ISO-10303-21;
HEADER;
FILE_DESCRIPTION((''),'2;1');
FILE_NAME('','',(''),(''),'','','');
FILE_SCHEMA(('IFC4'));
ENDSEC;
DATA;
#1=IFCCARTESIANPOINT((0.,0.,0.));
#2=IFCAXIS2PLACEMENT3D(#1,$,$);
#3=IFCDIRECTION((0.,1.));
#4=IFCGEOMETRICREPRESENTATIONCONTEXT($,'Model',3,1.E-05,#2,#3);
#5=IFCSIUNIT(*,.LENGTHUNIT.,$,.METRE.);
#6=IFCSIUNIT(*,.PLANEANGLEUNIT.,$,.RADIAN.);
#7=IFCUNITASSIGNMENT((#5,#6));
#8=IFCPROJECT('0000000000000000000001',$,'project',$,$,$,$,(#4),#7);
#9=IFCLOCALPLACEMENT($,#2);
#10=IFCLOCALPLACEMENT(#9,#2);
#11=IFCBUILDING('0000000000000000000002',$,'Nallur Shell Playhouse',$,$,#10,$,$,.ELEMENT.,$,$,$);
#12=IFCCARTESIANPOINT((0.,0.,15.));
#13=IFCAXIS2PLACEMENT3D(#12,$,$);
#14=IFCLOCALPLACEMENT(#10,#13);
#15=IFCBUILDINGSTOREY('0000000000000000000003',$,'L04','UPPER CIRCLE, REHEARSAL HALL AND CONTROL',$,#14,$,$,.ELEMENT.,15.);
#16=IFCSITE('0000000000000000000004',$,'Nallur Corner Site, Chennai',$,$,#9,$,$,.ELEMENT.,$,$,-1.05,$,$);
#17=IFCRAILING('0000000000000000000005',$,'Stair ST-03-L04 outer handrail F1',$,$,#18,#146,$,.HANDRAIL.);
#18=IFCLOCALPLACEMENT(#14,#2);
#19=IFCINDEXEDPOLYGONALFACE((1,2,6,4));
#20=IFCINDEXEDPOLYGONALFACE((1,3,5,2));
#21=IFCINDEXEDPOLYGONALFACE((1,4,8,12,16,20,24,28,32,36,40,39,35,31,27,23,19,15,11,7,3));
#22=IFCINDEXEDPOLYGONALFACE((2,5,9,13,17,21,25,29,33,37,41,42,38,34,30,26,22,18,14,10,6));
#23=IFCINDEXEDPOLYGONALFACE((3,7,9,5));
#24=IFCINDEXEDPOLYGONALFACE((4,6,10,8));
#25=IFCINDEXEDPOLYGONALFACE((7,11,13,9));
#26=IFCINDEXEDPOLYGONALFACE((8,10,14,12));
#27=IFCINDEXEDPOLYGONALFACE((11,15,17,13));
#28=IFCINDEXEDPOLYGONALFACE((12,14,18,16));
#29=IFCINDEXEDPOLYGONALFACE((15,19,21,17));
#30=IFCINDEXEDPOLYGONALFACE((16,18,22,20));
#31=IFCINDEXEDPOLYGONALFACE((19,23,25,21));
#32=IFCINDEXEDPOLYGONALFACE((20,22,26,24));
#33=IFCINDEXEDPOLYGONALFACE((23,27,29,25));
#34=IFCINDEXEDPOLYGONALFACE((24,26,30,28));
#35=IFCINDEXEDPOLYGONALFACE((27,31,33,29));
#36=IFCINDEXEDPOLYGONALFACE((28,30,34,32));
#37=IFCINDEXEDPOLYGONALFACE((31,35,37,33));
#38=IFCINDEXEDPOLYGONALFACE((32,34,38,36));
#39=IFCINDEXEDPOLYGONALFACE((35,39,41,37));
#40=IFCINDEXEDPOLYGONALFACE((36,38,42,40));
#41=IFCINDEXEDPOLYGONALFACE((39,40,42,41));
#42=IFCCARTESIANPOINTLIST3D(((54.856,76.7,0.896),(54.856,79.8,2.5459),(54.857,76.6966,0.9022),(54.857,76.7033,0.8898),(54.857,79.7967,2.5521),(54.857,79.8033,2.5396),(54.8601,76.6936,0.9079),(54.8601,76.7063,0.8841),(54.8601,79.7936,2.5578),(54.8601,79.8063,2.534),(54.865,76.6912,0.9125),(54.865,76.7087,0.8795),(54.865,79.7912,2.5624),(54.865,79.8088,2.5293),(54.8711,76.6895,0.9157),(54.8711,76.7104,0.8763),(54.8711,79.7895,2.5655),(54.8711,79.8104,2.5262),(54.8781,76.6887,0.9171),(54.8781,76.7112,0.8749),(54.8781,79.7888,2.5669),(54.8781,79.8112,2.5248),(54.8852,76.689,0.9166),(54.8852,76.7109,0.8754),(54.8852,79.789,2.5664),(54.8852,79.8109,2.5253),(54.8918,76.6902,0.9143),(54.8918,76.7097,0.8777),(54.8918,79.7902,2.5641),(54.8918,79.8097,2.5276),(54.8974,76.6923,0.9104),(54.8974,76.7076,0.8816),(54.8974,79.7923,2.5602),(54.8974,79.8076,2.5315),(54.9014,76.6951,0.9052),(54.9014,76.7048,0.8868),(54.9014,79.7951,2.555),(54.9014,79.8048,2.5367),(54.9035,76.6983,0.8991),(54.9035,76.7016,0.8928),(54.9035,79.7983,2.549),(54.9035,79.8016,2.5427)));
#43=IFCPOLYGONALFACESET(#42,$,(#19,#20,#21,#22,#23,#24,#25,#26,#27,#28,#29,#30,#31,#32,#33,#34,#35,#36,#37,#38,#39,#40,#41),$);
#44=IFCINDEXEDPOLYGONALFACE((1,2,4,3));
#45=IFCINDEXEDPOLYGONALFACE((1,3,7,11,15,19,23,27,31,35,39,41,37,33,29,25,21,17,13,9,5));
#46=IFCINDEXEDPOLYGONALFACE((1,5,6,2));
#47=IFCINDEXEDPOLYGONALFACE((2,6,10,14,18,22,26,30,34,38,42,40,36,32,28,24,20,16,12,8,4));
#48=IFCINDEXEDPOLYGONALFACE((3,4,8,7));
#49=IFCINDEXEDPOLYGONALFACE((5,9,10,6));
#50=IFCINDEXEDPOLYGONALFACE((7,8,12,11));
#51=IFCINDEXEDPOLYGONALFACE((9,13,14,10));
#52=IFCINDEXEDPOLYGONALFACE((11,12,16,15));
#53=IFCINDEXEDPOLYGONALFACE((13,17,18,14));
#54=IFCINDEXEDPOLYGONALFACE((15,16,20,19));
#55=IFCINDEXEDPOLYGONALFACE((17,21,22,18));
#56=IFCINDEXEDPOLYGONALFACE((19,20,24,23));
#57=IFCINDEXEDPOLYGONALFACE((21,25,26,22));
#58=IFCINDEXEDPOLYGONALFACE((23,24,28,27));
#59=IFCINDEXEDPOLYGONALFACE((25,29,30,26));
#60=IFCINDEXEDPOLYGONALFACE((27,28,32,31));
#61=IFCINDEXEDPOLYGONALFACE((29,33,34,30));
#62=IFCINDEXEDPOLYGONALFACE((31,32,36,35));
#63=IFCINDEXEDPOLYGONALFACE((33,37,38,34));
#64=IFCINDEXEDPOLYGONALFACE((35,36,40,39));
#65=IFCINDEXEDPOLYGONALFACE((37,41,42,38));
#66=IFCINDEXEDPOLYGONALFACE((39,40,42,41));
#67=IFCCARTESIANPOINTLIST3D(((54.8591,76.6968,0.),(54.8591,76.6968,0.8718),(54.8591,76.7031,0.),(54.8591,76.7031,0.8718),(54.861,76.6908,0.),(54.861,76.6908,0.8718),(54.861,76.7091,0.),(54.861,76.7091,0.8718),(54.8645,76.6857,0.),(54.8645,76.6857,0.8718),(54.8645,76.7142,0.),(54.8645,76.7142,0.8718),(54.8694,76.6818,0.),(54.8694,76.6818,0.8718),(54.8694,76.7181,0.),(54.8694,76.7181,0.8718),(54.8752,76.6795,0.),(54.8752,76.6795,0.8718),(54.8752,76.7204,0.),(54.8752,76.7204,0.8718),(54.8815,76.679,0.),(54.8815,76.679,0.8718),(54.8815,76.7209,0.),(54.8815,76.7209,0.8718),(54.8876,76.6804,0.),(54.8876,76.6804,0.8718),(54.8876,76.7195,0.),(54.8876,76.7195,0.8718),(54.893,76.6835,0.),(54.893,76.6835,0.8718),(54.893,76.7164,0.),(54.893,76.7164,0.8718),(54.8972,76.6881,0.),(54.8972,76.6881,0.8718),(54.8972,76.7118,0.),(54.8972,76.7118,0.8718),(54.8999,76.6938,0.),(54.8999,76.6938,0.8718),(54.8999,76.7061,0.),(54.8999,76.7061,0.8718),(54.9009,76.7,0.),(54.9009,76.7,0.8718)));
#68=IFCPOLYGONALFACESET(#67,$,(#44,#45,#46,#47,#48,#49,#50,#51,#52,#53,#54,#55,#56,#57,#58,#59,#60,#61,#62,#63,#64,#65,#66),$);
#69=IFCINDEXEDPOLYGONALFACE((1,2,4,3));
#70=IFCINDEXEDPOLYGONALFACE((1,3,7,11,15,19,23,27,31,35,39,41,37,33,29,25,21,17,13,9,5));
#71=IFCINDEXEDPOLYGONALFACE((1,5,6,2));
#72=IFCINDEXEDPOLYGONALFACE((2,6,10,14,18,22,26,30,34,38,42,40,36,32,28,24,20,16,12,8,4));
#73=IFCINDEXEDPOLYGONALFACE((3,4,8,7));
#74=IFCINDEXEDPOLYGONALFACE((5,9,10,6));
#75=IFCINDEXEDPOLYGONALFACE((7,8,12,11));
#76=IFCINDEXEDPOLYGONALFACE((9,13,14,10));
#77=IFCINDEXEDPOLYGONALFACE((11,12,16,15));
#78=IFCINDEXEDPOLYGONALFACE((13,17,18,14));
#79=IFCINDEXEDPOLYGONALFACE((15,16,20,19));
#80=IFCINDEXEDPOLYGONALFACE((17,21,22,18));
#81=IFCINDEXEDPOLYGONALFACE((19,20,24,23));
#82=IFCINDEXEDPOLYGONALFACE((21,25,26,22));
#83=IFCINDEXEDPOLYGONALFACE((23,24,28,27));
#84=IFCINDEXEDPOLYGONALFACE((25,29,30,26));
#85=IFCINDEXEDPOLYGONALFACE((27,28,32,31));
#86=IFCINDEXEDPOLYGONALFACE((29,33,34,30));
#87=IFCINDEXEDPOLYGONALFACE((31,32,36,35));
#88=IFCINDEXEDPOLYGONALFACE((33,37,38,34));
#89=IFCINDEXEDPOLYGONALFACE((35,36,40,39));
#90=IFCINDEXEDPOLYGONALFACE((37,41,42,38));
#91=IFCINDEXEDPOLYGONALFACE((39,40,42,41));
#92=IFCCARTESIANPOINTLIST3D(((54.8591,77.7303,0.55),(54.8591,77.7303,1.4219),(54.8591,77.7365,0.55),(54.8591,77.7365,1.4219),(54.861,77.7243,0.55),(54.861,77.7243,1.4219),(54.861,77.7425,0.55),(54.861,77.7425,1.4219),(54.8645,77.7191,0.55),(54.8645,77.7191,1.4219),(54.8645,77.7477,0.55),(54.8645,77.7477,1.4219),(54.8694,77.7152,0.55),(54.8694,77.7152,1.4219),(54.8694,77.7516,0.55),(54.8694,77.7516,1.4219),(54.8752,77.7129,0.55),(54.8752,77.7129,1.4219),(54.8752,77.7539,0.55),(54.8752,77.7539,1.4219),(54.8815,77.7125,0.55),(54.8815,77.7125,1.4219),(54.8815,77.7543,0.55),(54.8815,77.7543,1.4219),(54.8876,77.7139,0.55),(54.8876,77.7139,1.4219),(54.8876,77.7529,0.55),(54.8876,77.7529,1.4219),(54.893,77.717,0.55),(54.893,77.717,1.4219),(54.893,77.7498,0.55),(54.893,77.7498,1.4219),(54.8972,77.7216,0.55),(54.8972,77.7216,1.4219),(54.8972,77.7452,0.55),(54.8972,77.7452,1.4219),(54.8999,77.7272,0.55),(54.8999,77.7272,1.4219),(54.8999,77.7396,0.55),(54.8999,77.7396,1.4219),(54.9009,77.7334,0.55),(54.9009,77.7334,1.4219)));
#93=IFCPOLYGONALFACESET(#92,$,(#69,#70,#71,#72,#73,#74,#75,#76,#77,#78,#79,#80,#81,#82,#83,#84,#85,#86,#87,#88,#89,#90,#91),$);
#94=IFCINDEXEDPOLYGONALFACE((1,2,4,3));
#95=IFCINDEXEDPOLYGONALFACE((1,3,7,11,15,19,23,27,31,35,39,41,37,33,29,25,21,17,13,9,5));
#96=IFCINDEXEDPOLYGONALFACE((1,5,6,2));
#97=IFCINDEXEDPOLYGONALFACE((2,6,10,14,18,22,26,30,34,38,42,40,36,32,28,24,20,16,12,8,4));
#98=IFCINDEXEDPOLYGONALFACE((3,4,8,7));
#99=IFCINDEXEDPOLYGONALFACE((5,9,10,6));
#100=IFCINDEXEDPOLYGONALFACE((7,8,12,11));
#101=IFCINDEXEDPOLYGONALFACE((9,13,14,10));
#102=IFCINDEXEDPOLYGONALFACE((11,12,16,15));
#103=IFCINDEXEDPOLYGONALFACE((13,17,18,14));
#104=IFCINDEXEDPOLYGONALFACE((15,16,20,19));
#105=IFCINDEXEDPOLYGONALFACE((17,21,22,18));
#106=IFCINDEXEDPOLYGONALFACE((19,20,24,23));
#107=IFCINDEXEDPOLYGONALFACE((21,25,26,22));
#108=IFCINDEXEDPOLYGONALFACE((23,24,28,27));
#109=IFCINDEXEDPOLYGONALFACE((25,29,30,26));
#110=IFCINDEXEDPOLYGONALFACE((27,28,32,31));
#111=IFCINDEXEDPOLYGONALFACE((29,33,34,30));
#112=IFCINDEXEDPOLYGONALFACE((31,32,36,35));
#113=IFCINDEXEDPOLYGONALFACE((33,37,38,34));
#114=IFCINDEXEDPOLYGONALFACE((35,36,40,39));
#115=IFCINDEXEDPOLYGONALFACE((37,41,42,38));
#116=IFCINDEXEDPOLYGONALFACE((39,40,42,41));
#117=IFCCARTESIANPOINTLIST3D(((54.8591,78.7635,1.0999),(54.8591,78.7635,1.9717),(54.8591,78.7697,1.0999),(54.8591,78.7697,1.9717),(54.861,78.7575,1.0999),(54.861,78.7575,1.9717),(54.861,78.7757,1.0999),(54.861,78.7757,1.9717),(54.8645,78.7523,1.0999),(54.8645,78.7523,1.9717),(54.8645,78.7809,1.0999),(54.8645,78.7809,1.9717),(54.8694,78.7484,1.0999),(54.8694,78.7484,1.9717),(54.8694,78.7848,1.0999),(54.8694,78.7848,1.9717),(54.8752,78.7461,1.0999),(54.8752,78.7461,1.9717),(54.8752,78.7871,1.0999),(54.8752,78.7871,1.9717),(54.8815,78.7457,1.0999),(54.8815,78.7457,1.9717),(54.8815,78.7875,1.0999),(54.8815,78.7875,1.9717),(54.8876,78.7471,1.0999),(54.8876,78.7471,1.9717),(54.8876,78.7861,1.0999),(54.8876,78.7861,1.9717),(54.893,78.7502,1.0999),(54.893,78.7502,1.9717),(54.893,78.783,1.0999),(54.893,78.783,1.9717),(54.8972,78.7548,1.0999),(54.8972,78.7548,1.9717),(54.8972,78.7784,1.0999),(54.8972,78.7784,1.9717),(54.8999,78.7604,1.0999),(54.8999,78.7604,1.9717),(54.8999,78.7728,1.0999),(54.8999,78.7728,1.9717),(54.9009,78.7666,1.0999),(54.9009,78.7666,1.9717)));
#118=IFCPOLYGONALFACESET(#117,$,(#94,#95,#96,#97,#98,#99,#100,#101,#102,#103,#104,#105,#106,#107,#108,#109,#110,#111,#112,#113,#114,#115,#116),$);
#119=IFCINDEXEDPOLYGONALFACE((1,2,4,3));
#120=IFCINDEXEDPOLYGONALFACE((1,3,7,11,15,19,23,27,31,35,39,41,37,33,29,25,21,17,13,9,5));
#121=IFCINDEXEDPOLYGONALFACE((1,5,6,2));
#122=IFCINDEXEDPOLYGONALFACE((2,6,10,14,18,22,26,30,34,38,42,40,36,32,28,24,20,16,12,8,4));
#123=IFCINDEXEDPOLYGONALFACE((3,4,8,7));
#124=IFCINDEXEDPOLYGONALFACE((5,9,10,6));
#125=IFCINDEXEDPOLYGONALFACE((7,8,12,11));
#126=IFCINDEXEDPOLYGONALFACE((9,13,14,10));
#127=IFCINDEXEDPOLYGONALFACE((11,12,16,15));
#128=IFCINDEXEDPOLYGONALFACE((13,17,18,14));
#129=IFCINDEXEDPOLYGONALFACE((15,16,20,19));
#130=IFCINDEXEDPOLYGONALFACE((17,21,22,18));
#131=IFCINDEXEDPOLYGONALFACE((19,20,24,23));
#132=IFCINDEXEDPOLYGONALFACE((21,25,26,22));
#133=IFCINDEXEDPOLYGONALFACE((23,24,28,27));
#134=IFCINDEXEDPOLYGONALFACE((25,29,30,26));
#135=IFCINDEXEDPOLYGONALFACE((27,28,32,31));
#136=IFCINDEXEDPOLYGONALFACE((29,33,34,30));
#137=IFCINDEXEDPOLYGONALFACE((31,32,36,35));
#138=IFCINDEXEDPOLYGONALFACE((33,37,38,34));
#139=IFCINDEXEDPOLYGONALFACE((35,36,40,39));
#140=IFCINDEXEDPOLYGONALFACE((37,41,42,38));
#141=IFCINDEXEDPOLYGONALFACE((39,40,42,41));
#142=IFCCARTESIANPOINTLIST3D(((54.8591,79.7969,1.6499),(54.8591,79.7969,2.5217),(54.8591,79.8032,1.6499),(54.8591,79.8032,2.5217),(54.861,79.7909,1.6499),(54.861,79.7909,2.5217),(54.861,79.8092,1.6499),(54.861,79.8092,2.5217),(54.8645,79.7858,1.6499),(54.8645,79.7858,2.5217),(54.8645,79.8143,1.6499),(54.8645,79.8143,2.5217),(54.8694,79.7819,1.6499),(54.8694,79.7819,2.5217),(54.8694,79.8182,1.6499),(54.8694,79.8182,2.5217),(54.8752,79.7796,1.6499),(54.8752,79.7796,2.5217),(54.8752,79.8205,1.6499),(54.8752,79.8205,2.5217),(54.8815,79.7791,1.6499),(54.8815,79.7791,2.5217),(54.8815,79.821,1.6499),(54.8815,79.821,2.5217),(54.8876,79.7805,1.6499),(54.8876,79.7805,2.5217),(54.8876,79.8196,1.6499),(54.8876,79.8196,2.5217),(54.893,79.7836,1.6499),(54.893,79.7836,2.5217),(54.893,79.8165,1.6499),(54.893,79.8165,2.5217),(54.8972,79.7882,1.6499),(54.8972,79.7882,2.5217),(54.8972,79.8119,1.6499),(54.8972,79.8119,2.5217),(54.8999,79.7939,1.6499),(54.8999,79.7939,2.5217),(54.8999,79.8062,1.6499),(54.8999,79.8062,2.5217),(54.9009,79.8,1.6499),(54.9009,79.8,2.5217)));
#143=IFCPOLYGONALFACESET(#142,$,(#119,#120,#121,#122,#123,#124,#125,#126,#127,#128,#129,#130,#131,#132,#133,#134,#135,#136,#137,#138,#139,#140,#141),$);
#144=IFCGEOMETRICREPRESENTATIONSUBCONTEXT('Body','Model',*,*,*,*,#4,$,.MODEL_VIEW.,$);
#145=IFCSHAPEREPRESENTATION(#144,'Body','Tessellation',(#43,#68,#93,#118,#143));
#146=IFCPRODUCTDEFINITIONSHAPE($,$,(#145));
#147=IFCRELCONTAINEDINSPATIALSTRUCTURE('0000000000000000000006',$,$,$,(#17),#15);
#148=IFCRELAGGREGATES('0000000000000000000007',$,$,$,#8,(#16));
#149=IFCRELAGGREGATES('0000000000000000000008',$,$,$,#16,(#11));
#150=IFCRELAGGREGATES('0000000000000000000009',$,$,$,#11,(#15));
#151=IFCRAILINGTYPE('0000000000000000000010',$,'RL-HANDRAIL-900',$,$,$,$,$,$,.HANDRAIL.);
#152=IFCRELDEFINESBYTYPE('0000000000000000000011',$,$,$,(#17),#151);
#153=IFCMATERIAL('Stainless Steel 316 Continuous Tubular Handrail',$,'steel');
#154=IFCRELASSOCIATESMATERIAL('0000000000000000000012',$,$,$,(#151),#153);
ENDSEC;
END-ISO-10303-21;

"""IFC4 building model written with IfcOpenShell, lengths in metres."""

from ifc_helpers import new_model, si_unit, direction, frame, origin, origin_2d, place, context, subcontext, project, spatial, circle, extrude, material, type_object, element, save


model = new_model("IFC4")

# Units and contexts
model_context = context("Model", 3, precision=1e-05, world=origin(), true_north=direction((0.0, 1.0)))
body_context = subcontext(model_context, "Body", "Model", "MODEL_VIEW")
ifc_project = project(units=[si_unit("LENGTHUNIT", "METRE"), si_unit("PLANEANGLEUNIT", "RADIAN")], contexts=[model_context])

# Site, building, storey
site_placement = place(None, origin())
site = spatial("IfcSite", under=ifc_project, at=site_placement, Name="Nallur Corner Site, Chennai", CompositionType="ELEMENT", RefElevation=-1.05)
building_placement = place(site_placement, origin())
building = spatial("IfcBuilding", under=site, at=building_placement, Name="Nallur Shell Playhouse", CompositionType="ELEMENT")
storey_placement = place(building_placement, frame((0.0, 0.0, 15.0)))
storey = spatial("IfcBuildingStorey", under=building, at=storey_placement, Name="L04", Description="UPPER CIRCLE, REHEARSAL HALL AND CONTROL", CompositionType="ELEMENT", Elevation=15.0)

# Railing
ifc_material_1 = material(Name="Stainless Steel 316 Continuous Tubular Handrail", Category="steel")
railing_type_1 = type_object("IfcRailingType", Name="RL-HANDRAIL-900", PredefinedType="HANDRAIL", material=ifc_material_1)
railing_1_placement = place(storey_placement, frame((54.8799, 76.7, 0.0)))
element("IfcRailing", 1, at=railing_1_placement, inside=storey, type_object=railing_type_1, Name="Stair ST-03-L04 outer handrail F1", PredefinedType="HANDRAIL", context=body_context, shape_type="SweptSolid", body=[
    extrude(circle(Radius=0.0239, at=origin_2d()), frame((0.0, 0.0, 0.896), z_axis=(0.0, 0.882764, 0.469816), x_axis=(-1.0, 0.0, 0.0)), (0.0, 0.0, 1.0), 3.5117),
    extrude(circle(Radius=0.021, at=origin_2d()), origin(), (0.0, 0.0, 1.0), 0.8718),
    extrude(circle(Radius=0.021, at=origin_2d()), frame((0.0, 1.0334, 0.55)), (0.0, 0.0, 1.0), 0.8718),
    extrude(circle(Radius=0.021, at=origin_2d()), frame((0.0, 2.0667, 1.0999)), (0.0, 0.0, 1.0), 0.8718),
    extrude(circle(Radius=0.021, at=origin_2d()), frame((0.0, 3.1001, 1.6499)), (0.0, 0.0, 1.0), 0.8718),
])

save(model, "model.ifc")
